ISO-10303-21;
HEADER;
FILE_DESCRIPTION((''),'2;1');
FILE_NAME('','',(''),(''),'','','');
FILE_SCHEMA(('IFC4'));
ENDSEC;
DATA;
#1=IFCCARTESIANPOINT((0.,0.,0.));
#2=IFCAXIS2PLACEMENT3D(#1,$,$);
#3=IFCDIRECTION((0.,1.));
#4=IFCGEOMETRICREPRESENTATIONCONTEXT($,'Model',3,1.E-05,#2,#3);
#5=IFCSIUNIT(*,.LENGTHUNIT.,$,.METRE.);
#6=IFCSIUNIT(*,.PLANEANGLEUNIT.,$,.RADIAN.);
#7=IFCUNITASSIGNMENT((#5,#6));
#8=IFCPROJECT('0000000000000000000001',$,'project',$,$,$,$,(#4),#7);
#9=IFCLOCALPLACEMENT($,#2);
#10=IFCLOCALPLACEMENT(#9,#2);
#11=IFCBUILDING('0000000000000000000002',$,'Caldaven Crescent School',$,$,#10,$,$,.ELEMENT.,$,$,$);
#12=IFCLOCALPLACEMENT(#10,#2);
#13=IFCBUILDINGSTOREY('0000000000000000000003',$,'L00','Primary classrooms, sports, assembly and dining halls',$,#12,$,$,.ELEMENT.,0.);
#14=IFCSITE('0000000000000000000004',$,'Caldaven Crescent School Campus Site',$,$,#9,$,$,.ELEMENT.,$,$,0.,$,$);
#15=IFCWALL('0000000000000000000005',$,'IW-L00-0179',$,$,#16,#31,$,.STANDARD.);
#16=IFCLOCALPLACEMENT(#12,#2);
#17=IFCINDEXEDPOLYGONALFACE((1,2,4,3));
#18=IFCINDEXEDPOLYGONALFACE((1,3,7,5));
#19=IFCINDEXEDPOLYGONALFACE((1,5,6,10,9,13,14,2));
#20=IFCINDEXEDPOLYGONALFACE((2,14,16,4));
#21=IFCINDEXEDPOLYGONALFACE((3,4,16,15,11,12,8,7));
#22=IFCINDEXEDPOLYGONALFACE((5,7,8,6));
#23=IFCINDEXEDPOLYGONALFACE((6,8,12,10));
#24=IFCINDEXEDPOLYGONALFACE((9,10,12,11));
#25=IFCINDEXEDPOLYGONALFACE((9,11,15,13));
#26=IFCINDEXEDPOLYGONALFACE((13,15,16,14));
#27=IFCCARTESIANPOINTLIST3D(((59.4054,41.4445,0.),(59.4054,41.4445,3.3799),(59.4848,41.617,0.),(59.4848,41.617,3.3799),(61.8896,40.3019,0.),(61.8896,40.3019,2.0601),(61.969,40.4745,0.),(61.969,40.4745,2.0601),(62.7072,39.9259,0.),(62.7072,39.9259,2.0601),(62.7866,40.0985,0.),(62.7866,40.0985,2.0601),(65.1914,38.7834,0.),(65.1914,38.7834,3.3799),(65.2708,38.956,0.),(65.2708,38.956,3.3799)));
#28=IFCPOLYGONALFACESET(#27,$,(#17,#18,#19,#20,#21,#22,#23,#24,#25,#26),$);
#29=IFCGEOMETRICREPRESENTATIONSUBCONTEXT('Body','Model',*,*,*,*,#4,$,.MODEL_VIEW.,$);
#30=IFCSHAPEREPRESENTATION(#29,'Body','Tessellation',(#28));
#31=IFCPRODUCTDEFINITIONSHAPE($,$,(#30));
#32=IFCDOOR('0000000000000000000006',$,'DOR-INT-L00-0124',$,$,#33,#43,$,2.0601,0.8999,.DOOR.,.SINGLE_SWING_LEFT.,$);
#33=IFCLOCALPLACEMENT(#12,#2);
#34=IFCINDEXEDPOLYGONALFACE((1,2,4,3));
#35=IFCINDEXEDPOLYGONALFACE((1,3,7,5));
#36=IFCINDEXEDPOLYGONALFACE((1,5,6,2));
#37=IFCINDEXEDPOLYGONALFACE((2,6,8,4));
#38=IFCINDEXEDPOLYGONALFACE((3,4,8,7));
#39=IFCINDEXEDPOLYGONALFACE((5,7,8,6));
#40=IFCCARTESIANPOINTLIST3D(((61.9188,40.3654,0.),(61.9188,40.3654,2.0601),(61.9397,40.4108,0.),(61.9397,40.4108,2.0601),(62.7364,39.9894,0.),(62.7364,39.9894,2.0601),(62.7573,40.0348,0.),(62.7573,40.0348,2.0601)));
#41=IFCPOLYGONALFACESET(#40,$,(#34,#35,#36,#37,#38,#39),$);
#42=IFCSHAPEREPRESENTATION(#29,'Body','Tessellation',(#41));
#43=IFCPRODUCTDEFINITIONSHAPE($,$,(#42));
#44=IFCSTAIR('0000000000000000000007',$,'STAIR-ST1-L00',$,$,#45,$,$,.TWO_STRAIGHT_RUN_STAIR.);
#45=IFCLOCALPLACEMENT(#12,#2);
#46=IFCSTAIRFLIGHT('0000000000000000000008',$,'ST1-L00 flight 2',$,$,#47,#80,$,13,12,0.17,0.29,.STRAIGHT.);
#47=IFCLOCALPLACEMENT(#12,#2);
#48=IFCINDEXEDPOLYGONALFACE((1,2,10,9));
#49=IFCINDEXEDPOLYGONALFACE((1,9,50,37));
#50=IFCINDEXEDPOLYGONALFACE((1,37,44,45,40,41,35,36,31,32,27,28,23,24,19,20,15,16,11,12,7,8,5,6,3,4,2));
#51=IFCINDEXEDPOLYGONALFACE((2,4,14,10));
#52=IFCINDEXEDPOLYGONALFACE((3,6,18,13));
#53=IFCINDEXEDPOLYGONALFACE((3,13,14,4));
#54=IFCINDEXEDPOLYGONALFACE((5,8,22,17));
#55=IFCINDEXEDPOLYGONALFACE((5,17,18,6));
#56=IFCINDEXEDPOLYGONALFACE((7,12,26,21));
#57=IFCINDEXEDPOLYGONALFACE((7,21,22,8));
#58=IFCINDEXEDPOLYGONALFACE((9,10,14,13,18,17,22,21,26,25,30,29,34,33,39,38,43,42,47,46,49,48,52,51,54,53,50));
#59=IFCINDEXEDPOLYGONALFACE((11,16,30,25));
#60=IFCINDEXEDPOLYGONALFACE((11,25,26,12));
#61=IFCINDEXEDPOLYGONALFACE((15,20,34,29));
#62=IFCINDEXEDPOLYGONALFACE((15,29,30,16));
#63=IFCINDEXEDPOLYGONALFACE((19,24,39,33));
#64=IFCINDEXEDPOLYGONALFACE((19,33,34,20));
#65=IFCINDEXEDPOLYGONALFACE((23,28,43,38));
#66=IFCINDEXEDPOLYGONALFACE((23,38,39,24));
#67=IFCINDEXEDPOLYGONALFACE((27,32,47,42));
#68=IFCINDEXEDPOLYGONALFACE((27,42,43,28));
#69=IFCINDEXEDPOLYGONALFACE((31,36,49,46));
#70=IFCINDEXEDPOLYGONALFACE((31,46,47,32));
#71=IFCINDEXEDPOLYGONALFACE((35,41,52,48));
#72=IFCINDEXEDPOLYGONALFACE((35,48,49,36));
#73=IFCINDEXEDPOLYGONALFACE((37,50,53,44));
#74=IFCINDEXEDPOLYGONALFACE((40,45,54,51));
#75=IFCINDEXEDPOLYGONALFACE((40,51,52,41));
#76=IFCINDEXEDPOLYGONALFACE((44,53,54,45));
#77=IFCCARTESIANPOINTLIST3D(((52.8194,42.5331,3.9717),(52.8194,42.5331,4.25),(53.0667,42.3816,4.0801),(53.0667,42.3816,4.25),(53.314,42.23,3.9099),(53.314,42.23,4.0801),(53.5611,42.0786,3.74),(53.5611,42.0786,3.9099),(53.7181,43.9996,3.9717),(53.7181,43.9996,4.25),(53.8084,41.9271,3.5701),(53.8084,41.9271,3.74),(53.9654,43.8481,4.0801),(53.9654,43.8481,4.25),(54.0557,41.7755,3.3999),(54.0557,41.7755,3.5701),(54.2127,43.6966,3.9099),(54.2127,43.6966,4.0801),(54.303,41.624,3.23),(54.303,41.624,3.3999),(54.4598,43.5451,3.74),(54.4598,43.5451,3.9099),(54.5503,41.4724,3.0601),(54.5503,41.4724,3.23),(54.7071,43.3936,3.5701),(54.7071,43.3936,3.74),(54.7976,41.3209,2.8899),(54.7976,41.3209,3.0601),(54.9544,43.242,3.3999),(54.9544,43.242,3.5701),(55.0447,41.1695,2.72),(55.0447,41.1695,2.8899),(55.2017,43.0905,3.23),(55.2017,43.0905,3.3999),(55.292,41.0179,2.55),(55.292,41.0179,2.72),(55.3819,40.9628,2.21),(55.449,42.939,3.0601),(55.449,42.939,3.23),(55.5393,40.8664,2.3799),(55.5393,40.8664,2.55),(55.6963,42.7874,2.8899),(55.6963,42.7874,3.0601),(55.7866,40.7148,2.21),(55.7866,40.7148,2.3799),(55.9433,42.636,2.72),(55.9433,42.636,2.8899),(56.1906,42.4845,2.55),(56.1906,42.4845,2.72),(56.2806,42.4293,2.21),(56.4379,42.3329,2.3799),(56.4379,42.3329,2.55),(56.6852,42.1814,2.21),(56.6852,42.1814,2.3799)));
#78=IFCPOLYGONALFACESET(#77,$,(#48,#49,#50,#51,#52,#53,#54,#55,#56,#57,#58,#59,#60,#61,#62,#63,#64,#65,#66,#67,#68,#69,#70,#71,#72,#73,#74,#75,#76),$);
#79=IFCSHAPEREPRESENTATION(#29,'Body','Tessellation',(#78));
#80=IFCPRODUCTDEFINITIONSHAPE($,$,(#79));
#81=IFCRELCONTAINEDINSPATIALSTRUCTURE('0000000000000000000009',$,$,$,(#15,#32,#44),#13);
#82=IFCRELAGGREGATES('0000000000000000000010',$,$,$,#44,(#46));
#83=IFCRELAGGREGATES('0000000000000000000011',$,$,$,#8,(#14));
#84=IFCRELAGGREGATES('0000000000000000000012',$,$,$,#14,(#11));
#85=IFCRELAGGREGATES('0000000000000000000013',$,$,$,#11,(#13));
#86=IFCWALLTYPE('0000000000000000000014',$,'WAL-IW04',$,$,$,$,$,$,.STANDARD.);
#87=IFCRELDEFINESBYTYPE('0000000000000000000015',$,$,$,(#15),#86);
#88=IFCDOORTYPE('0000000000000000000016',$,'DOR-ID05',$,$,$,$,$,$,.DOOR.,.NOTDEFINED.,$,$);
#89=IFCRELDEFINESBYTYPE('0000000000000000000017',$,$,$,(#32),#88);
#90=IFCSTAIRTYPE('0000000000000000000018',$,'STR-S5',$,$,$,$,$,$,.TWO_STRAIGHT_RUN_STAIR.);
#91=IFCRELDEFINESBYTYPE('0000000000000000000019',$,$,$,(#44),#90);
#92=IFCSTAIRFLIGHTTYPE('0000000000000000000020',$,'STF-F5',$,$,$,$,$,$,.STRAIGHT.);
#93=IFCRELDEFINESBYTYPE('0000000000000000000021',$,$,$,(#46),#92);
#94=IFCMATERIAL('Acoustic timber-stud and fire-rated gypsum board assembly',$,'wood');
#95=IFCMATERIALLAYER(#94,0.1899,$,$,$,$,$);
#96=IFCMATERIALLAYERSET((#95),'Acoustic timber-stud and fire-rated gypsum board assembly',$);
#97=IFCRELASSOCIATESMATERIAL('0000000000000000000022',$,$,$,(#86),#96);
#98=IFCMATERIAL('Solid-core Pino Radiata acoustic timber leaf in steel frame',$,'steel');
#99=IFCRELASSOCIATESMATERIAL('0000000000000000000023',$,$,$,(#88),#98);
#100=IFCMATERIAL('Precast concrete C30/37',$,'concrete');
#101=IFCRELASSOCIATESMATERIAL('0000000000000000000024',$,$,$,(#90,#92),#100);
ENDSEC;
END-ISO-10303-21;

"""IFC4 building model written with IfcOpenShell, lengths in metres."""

from ifc_helpers import new_model, si_unit, direction, frame, frame_2d, origin, place, context, subcontext, project, spatial, polyline, rectangle, outline, extrude, material, layer, layer_set, type_object, element, fill, aggregate, save


model = new_model("IFC4")

# Units and contexts
model_context = context("Model", 3, precision=1e-05, world=origin(), true_north=direction((0.0, 1.0)))
body_context = subcontext(model_context, "Body", "Model", "MODEL_VIEW")
ifc_project = project(units=[si_unit("LENGTHUNIT", "METRE"), si_unit("PLANEANGLEUNIT", "RADIAN")], contexts=[model_context])

# Site, building, storey
site_placement = place(None, origin())
site = spatial("IfcSite", under=ifc_project, at=site_placement, Name="Caldaven Crescent School Campus Site", CompositionType="ELEMENT", RefElevation=0.0)
building_placement = place(site_placement, origin())
building = spatial("IfcBuilding", under=site, at=building_placement, Name="Caldaven Crescent School", CompositionType="ELEMENT")
storey_placement = place(building_placement, origin())
storey = spatial("IfcBuildingStorey", under=building, at=storey_placement, Name="L00", Description="Primary classrooms, sports, assembly and dining halls", CompositionType="ELEMENT", Elevation=0.0)

# Wall, opening, door
ifc_material_1 = material(Name="Acoustic timber-stud and fire-rated gypsum board assembly", Category="wood")
ifc_layer = layer(ifc_material_1, 0.1899)
ifc_layer_set = layer_set([ifc_layer], Name="Acoustic timber-stud and fire-rated gypsum board assembly")
wall_type = type_object("IfcWallType", Name="WAL-IW04", PredefinedType="STANDARD", material=ifc_layer_set)
wall_placement = place(storey_placement, frame((59.4451, 41.5308, 0.0), z_axis=(0.0, 0.0, 1.0), x_axis=(0.90852, -0.417842, 0.0)))
wall = element("IfcWall", 1, at=wall_placement, inside=storey, type_object=wall_type, Name="IW-L00-0179", PredefinedType="STANDARD", context=body_context, shape_type="SweptSolid", body=[
    extrude(rectangle(XDim=6.3687, YDim=0.1899, at=frame_2d((3.1843, 0.0))), origin(), (0.0, 0.0, 1.0), 3.3799),
])
opening_placement = place(wall_placement, frame((2.7344, 0.0, 0.0)))
opening = element("IfcOpeningElement", 2, at=opening_placement, cuts=wall, PredefinedType="OPENING", context=body_context, shape_type="SweptSolid", body=[
    extrude(rectangle(XDim=0.8999, YDim=2.0601, at=frame_2d((0.45, 1.03))), frame((0.0, 0.105, 0.0), z_axis=(0.0, -1.0, 0.0), x_axis=(1.0, 0.0, 0.0)), (0.0, 0.0, 1.0), 0.21),
])
ifc_material_2 = material(Name="Solid-core Pino Radiata acoustic timber leaf in steel frame", Category="steel")
door_type = type_object("IfcDoorType", Name="DOR-ID05", OperationType="NOTDEFINED", PredefinedType="DOOR", material=ifc_material_2)
door_placement = place(opening_placement, origin())
door = element("IfcDoor", 3, at=door_placement, inside=storey, type_object=door_type, Name="DOR-INT-L00-0124", OperationType="SINGLE_SWING_LEFT", OverallHeight=2.0601, OverallWidth=0.8999, PredefinedType="DOOR", context=body_context, shape_type="SweptSolid", body=[
    extrude(rectangle(XDim=0.8999, YDim=2.0601, at=frame_2d((0.45, 1.03))), frame((0.0, 0.0249, 0.0), z_axis=(0.0, -1.0, 0.0), x_axis=(1.0, 0.0, 0.0)), (0.0, 0.0, 1.0), 0.05),
])
fill(opening, door)

# Stair, stair flight
ifc_material_3 = material(Name="Precast concrete C30/37", Category="concrete")
stair_type = type_object("IfcStairType", Name="STR-S5", PredefinedType="TWO_STRAIGHT_RUN_STAIR", material=ifc_material_3)
stair_placement = place(storey_placement, origin())
stair = element("IfcStair", 4, at=stair_placement, inside=storey, type_object=stair_type, Name="STAIR-ST1-L00", PredefinedType="TWO_STRAIGHT_RUN_STAIR")
stair_flight_type = type_object("IfcStairFlightType", Name="STF-F5", PredefinedType="STRAIGHT", material=ifc_material_3)
stair_flight_placement = place(storey_placement, frame((56.2358, 41.448, 2.21), z_axis=(0.0, 0.0, 1.0), x_axis=(-0.85264, 0.522499, 0.0)))
stair_flight = element("IfcStairFlight", 5, at=stair_flight_placement, type_object=stair_flight_type, Name="ST1-L00 flight 2", NumberOfRisers=13, NumberOfTreads=12, PredefinedType="STRAIGHT", RiserHeight=0.17, TreadLength=0.29, context=body_context, shape_type="SweptSolid", body=[
    extrude(outline(polyline([(0.0, 0.0), (0.0, 0.1699), (0.29, 0.1699), (0.29, 0.3401), (0.5801, 0.3401), (0.5801, 0.51), (0.8701, 0.51), (0.8701, 0.6799), (1.1599, 0.6799), (1.1599, 0.8501), (1.45, 0.8501), (1.45, 1.02), (1.74, 1.02), (1.74, 1.1899), (2.03, 1.1899), (2.03, 1.3601), (2.3201, 1.3601), (2.3201, 1.53), (2.6101, 1.53), (2.6101, 1.7), (2.8999, 1.7), (2.8999, 1.8701), (3.1899, 1.8701), (3.1899, 2.04), (3.48, 2.04), (3.48, 2.21), (3.48, 1.7617), (0.4746, 0.0), (0.0, 0.0)])), frame((0.0, 0.8599, 0.0), z_axis=(0.0, -1.0, 0.0), x_axis=(1.0, 0.0, 0.0)), (0.0, 0.0, 1.0), 1.72),
])
aggregate(stair, [stair_flight])

save(model, "model.ifc")
